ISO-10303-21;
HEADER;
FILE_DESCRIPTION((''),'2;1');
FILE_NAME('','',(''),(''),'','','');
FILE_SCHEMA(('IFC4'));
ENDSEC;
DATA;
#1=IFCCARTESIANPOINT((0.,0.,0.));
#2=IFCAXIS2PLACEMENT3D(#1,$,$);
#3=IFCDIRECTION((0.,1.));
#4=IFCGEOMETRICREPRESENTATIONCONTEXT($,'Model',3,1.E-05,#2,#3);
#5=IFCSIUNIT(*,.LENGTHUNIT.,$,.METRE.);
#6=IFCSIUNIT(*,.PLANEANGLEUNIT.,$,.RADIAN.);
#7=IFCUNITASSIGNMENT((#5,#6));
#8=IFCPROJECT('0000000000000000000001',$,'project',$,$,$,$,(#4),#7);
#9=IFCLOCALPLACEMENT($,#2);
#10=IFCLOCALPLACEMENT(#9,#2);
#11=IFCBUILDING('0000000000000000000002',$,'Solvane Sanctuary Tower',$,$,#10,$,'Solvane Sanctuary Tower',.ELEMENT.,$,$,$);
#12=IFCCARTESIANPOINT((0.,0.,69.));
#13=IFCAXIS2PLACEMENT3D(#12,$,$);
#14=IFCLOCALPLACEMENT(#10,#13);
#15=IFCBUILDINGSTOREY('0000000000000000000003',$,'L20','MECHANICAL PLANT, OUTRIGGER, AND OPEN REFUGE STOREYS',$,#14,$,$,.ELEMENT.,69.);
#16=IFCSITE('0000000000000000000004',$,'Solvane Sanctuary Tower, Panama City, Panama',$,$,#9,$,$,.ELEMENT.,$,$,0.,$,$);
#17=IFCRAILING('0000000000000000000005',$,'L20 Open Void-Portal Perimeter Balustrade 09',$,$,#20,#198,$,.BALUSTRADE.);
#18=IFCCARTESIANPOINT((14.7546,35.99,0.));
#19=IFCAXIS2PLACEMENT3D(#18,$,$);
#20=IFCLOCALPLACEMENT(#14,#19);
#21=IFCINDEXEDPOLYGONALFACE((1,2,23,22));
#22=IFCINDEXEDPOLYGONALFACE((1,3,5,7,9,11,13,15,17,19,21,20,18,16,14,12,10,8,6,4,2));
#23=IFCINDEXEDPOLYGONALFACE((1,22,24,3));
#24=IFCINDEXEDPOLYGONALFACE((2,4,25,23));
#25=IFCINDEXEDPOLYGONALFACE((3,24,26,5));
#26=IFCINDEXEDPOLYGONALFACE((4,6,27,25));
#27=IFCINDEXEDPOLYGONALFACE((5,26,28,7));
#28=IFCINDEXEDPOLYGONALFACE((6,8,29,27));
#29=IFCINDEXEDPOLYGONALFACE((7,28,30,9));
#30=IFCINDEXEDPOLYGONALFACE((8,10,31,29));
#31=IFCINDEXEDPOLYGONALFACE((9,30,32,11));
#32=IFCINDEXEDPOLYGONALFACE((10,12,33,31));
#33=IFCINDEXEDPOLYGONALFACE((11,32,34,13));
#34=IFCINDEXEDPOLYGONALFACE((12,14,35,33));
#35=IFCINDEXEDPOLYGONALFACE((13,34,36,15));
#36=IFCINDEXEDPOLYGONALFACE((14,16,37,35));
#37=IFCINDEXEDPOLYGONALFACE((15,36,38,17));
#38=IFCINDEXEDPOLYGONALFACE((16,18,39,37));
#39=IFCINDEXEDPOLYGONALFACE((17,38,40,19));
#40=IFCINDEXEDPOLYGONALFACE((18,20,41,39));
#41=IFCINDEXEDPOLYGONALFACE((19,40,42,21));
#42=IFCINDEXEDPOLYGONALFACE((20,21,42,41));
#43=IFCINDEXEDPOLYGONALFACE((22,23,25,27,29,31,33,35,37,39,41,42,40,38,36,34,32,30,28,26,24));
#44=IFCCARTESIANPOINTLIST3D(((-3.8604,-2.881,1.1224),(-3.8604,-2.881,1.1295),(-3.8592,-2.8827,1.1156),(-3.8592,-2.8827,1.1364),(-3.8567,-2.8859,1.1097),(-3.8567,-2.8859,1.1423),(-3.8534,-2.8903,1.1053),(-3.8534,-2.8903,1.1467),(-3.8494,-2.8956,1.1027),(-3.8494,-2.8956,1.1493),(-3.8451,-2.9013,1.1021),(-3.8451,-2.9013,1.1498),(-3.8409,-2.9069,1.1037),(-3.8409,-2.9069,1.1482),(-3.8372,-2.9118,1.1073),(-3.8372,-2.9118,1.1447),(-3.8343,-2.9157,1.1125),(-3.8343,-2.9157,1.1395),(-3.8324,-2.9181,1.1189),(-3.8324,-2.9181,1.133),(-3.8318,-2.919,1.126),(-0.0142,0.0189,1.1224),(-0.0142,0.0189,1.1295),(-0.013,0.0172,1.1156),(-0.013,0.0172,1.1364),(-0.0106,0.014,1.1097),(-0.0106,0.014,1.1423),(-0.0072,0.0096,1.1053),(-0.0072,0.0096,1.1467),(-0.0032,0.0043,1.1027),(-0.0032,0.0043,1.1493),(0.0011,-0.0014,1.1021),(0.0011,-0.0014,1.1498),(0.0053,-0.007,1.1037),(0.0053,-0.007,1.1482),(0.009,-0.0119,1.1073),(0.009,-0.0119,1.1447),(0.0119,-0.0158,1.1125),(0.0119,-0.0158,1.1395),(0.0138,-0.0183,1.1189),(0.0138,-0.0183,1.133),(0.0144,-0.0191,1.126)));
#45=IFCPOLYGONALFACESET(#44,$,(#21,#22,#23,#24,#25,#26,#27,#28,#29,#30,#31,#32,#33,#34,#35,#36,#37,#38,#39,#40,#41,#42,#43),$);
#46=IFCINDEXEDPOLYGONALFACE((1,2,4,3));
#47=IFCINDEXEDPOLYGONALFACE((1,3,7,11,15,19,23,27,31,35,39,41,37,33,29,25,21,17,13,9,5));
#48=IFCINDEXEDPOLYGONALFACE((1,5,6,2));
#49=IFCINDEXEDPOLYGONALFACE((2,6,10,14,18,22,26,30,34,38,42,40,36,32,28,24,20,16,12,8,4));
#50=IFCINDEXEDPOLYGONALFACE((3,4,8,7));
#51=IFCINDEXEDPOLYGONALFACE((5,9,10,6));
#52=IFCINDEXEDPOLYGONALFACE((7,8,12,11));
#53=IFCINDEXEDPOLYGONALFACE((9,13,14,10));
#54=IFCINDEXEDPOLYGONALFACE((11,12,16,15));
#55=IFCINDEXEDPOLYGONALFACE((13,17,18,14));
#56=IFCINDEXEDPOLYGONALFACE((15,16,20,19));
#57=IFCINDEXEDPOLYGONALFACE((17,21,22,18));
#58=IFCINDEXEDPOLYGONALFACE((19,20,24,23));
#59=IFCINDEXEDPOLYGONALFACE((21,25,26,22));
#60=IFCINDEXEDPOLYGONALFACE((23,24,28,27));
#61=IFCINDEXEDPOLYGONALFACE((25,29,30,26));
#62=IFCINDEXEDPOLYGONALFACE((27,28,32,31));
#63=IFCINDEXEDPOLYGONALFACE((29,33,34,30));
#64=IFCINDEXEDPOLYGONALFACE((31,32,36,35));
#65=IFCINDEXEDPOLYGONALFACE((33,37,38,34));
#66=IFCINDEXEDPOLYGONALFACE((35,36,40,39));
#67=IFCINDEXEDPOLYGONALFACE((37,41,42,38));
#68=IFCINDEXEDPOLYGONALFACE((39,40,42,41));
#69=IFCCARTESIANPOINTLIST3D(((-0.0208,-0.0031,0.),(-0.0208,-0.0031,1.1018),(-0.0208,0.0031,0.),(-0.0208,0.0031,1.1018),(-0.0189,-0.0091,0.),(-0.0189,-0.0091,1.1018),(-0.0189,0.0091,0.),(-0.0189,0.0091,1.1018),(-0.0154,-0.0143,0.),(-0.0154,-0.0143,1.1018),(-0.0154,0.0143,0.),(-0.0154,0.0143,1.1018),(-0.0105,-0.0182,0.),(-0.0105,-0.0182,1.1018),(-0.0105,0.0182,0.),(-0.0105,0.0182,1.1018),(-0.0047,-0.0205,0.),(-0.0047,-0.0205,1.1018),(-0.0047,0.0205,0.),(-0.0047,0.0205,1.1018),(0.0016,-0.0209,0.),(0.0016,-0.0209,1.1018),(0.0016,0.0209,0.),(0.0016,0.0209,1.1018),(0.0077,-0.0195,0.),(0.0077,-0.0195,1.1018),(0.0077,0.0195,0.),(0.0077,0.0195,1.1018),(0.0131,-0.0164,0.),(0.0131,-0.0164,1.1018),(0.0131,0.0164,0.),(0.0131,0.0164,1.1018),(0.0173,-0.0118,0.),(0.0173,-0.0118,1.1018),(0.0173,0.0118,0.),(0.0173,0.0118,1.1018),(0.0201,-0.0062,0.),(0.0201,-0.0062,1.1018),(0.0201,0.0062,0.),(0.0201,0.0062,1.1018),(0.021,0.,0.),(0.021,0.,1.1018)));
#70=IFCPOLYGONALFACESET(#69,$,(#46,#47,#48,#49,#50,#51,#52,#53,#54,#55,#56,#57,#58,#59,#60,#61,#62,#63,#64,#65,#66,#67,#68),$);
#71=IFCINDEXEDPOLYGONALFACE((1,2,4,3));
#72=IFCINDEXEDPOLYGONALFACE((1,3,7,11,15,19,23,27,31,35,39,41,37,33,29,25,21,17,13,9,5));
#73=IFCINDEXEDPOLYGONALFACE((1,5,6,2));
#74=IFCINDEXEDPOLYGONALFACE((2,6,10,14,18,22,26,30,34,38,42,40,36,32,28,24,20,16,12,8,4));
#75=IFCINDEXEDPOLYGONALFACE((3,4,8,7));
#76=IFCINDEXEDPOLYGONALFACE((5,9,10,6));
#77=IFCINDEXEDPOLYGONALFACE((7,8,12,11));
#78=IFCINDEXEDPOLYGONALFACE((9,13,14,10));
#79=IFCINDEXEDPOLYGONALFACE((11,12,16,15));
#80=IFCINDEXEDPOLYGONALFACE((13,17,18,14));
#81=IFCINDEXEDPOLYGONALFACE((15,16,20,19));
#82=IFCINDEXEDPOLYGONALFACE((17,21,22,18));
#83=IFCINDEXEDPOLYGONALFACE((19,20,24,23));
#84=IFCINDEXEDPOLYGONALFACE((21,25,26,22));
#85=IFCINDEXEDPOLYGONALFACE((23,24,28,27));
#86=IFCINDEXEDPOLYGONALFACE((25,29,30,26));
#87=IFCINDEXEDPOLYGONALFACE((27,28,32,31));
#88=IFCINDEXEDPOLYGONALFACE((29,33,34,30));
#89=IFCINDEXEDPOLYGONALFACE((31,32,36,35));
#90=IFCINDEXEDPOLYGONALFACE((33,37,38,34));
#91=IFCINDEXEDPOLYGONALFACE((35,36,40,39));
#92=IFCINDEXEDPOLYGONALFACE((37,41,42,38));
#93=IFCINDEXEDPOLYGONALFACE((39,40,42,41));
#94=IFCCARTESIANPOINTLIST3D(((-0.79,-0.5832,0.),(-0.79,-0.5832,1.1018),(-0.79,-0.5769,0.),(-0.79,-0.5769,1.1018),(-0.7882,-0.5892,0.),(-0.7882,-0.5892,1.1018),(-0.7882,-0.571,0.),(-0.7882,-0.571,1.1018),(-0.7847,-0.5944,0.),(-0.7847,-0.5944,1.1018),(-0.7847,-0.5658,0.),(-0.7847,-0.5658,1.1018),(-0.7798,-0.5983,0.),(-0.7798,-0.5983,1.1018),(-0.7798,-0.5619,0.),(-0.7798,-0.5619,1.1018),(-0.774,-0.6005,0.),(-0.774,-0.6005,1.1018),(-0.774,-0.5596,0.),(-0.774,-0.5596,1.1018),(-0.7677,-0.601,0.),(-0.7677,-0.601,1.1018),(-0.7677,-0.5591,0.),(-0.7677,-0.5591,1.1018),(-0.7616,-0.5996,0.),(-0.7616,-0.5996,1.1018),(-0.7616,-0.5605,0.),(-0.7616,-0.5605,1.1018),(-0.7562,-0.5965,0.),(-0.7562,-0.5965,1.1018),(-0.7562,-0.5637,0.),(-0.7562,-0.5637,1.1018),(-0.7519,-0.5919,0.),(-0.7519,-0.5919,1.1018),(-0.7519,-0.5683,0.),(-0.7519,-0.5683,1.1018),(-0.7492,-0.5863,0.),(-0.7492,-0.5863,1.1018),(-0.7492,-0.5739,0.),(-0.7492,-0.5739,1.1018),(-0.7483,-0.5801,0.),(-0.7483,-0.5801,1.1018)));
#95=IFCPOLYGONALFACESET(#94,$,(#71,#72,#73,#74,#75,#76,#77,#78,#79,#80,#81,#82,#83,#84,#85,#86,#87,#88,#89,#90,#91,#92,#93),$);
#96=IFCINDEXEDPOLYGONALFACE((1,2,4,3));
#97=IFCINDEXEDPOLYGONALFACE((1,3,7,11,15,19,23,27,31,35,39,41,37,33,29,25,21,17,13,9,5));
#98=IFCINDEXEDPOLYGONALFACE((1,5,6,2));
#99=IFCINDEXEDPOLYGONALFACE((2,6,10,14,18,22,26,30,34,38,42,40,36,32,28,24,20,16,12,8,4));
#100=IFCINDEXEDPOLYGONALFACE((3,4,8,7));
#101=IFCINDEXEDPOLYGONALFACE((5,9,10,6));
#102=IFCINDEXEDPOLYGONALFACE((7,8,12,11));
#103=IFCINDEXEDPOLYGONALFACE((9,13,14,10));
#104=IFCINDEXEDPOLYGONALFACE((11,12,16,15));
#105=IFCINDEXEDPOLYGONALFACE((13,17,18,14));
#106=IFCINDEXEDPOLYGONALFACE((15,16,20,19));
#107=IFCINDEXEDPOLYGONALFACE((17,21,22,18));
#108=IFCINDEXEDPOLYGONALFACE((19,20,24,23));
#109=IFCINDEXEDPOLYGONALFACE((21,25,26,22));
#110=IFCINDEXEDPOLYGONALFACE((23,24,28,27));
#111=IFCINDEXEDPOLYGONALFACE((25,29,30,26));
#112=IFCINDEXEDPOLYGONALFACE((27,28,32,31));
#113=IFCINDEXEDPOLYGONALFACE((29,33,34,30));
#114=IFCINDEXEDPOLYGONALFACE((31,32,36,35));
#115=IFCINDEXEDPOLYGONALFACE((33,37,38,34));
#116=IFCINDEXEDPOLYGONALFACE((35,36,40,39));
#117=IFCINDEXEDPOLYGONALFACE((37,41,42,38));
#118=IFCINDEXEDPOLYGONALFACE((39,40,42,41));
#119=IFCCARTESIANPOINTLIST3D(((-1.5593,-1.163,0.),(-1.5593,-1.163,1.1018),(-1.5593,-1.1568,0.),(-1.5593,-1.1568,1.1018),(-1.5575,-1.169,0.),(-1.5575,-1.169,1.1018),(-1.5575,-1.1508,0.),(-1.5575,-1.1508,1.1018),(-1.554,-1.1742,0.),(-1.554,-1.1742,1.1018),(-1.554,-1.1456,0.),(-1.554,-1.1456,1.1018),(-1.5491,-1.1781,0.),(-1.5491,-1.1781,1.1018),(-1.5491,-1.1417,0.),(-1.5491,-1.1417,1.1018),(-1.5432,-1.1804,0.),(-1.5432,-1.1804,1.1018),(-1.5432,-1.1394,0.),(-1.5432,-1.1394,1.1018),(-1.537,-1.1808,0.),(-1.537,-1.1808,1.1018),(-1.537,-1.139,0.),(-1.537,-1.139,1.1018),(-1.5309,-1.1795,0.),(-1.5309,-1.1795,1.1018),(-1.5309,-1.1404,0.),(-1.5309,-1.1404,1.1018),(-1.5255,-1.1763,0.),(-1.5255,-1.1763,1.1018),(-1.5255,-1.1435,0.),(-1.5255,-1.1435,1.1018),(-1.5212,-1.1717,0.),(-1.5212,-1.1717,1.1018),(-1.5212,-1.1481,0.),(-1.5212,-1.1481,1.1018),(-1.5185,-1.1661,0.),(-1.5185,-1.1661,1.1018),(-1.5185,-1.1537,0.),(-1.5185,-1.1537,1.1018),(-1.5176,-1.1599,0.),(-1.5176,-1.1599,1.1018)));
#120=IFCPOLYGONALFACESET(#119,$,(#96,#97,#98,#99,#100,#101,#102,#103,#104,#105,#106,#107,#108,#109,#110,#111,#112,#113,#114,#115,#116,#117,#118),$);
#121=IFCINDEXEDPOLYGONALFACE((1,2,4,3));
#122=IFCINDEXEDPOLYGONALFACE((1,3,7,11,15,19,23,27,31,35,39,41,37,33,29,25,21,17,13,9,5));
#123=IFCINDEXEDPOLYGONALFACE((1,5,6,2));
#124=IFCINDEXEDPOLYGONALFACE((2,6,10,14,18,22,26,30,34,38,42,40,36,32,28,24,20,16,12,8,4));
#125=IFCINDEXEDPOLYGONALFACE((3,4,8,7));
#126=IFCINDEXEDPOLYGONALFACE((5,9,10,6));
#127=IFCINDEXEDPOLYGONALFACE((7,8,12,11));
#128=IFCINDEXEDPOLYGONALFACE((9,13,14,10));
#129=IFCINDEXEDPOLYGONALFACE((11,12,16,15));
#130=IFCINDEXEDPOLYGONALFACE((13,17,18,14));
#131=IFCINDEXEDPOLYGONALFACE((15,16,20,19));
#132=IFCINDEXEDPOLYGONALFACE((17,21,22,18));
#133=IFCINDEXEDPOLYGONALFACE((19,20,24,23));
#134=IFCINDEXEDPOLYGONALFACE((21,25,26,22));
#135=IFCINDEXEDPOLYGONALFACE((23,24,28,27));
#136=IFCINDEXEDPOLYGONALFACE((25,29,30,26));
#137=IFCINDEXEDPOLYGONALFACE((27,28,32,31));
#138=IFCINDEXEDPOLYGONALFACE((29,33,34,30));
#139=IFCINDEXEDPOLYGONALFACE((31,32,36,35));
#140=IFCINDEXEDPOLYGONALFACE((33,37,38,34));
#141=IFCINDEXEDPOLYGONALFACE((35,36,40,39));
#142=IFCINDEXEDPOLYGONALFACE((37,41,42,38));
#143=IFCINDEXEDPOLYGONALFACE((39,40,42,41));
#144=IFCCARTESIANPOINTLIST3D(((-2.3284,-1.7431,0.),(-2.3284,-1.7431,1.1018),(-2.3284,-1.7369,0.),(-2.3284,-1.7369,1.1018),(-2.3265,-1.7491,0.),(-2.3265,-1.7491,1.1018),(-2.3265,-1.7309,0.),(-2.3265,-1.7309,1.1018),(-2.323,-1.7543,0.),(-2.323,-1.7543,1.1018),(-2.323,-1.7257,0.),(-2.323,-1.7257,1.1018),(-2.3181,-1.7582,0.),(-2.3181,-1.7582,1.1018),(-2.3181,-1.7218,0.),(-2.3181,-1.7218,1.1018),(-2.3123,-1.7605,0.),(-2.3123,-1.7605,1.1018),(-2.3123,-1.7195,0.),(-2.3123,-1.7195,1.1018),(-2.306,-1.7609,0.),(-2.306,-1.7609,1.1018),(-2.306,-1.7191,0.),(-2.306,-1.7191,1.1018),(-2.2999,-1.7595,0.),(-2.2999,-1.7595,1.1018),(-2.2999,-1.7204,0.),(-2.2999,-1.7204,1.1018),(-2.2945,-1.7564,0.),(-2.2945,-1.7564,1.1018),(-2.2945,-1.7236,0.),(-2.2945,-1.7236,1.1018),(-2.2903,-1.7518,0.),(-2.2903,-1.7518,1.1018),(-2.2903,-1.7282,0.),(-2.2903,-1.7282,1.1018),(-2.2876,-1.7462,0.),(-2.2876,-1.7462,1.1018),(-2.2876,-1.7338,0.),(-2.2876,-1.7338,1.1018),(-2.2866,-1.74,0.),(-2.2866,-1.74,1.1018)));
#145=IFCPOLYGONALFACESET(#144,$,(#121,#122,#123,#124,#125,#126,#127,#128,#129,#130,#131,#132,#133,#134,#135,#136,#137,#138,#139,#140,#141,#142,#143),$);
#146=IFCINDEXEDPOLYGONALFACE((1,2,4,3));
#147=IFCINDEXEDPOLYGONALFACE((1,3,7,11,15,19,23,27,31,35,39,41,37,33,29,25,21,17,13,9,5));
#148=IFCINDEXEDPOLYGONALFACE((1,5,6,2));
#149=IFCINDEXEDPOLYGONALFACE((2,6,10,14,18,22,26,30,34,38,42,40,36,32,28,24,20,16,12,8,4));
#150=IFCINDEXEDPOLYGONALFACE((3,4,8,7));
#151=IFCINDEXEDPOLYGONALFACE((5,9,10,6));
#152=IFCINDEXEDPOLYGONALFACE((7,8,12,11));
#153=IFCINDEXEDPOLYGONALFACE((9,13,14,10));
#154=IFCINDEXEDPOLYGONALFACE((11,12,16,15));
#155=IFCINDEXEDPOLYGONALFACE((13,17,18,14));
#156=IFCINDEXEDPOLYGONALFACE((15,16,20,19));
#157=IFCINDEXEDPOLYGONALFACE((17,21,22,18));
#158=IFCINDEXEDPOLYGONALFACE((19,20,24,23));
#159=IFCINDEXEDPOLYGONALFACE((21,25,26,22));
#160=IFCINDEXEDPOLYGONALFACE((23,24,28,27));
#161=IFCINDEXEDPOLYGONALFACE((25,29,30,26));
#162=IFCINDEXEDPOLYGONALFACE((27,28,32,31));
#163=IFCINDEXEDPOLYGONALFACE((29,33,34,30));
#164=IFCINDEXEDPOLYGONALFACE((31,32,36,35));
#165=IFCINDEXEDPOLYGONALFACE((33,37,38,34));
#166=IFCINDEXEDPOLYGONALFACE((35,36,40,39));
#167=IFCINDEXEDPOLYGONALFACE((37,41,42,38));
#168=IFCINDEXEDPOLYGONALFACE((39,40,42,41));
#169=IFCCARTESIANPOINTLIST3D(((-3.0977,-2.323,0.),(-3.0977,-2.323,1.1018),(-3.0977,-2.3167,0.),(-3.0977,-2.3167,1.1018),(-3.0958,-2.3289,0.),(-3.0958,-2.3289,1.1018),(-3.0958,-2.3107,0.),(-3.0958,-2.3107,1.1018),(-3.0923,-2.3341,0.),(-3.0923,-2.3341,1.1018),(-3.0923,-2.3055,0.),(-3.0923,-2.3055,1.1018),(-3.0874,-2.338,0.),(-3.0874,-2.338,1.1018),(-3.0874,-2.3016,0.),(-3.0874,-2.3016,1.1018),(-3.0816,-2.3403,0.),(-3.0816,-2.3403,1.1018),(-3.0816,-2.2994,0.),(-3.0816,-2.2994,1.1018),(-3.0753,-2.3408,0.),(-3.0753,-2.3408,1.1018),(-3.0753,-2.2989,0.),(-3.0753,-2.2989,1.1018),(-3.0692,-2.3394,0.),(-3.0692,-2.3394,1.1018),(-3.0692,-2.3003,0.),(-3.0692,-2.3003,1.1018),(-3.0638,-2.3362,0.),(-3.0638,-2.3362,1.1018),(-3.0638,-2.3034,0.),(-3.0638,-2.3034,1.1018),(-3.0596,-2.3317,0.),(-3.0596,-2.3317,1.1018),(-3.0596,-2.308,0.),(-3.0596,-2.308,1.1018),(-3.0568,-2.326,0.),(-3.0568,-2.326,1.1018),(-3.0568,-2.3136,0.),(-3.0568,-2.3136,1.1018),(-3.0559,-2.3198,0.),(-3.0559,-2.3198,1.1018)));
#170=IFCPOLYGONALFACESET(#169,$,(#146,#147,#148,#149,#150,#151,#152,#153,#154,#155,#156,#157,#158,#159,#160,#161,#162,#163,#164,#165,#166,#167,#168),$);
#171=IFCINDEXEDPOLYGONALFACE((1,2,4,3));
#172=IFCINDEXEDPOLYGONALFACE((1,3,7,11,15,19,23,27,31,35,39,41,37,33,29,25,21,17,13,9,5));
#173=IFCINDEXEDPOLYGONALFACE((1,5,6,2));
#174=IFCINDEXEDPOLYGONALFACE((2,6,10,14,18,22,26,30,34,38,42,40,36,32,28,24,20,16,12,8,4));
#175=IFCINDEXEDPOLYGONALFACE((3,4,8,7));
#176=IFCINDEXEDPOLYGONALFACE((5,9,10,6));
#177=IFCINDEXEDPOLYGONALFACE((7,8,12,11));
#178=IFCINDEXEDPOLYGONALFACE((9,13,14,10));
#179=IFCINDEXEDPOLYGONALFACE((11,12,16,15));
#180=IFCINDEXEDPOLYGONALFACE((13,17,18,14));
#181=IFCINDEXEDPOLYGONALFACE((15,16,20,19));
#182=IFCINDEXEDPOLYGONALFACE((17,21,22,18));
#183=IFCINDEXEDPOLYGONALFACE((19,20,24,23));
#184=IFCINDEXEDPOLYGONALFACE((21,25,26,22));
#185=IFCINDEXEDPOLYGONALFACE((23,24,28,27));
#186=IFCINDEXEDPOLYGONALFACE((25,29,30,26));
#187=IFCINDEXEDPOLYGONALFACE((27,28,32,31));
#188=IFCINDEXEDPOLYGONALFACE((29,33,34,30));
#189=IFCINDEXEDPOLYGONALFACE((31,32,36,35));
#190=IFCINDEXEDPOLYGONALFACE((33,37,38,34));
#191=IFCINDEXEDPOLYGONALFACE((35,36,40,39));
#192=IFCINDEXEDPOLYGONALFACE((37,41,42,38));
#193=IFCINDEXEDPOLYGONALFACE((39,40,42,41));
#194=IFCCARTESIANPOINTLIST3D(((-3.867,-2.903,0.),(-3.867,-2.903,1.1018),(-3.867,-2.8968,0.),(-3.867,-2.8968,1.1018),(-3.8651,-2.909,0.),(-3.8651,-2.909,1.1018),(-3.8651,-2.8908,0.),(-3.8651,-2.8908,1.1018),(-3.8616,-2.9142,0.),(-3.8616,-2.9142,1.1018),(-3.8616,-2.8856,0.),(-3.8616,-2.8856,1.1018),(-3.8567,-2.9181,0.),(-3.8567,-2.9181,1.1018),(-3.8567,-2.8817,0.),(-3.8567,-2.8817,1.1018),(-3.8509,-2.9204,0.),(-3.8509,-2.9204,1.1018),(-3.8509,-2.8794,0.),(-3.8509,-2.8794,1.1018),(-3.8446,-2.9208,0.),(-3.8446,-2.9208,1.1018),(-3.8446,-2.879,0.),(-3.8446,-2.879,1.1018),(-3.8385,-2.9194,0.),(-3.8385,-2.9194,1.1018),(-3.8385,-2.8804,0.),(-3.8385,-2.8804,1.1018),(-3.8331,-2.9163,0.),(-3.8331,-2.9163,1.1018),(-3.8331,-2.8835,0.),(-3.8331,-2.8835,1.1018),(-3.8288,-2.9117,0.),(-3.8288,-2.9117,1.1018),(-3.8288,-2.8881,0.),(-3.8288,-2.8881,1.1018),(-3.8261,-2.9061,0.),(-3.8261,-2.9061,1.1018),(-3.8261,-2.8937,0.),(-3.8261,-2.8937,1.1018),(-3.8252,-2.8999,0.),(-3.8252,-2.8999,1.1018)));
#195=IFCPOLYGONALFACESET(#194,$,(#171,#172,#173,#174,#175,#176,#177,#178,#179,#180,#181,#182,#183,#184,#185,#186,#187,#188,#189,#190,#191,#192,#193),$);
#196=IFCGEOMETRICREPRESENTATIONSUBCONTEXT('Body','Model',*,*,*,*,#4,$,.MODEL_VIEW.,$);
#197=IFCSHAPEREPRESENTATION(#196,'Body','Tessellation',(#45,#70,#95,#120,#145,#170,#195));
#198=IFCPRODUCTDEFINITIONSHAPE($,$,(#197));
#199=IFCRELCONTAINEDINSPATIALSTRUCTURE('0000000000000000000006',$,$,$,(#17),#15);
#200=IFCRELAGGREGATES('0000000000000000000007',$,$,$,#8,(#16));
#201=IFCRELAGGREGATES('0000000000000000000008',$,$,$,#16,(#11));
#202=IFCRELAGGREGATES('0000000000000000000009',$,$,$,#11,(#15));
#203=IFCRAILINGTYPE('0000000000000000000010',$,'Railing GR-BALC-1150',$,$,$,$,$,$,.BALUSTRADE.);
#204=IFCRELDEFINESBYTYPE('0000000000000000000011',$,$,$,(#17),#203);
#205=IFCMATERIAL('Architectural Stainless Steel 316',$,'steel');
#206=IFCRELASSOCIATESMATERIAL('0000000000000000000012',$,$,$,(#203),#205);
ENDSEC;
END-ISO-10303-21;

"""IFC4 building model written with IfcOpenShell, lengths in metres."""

from ifc_helpers import new_model, si_unit, direction, frame, origin, origin_2d, place, context, subcontext, project, spatial, circle, extrude, material, type_object, element, save


model = new_model("IFC4")

# Units and contexts
model_context = context("Model", 3, precision=1e-05, world=origin(), true_north=direction((0.0, 1.0)))
body_context = subcontext(model_context, "Body", "Model", "MODEL_VIEW")
ifc_project = project(units=[si_unit("LENGTHUNIT", "METRE"), si_unit("PLANEANGLEUNIT", "RADIAN")], contexts=[model_context])

# Site, building, storey
site_placement = place(None, origin())
site = spatial("IfcSite", under=ifc_project, at=site_placement, Name="Solvane Sanctuary Tower, Panama City, Panama", CompositionType="ELEMENT", RefElevation=0.0)
building_placement = place(site_placement, origin())
building = spatial("IfcBuilding", under=site, at=building_placement, Name="Solvane Sanctuary Tower", LongName="Solvane Sanctuary Tower", CompositionType="ELEMENT")
storey_placement = place(building_placement, frame((0.0, 0.0, 69.0)))
storey = spatial("IfcBuildingStorey", under=building, at=storey_placement, Name="L20", Description="MECHANICAL PLANT, OUTRIGGER, AND OPEN REFUGE STOREYS", CompositionType="ELEMENT", Elevation=69.0)

# Shared definitions
ifc_material_1 = material(Name="Architectural Stainless Steel 316", Category="steel")

# Railing
railing_type_1 = type_object("IfcRailingType", Name="Railing GR-BALC-1150", PredefinedType="BALUSTRADE", material=ifc_material_1)
railing_1_placement = place(storey_placement, frame((14.7546, 35.99, 0.0)))
element("IfcRailing", 1, at=railing_1_placement, inside=storey, type_object=railing_type_1, Name="L20 Open Void-Portal Perimeter Balustrade 09", PredefinedType="BALUSTRADE", context=body_context, shape_type="SweptSolid", body=[
    extrude(circle(Radius=0.0239, at=origin_2d()), frame((0.0, 0.0, 1.126), z_axis=(-0.798477, -0.602025, 0.0), x_axis=(0.602025, -0.798477, 0.0)), (0.0, 0.0, 1.0), 4.8169),
    extrude(circle(Radius=0.021, at=origin_2d()), origin(), (0.0, 0.0, 1.0), 1.1018),
    extrude(circle(Radius=0.021, at=origin_2d()), frame((-0.7693, -0.5801, 0.0)), (0.0, 0.0, 1.0), 1.1018),
    extrude(circle(Radius=0.021, at=origin_2d()), frame((-1.5386, -1.1599, 0.0)), (0.0, 0.0, 1.0), 1.1018),
    extrude(circle(Radius=0.021, at=origin_2d()), frame((-2.3076, -1.74, 0.0)), (0.0, 0.0, 1.0), 1.1018),
    extrude(circle(Radius=0.021, at=origin_2d()), frame((-3.0769, -2.3198, 0.0)), (0.0, 0.0, 1.0), 1.1018),
    extrude(circle(Radius=0.021, at=origin_2d()), frame((-3.8462, -2.8999, 0.0)), (0.0, 0.0, 1.0), 1.1018),
])

save(model, "model.ifc")
